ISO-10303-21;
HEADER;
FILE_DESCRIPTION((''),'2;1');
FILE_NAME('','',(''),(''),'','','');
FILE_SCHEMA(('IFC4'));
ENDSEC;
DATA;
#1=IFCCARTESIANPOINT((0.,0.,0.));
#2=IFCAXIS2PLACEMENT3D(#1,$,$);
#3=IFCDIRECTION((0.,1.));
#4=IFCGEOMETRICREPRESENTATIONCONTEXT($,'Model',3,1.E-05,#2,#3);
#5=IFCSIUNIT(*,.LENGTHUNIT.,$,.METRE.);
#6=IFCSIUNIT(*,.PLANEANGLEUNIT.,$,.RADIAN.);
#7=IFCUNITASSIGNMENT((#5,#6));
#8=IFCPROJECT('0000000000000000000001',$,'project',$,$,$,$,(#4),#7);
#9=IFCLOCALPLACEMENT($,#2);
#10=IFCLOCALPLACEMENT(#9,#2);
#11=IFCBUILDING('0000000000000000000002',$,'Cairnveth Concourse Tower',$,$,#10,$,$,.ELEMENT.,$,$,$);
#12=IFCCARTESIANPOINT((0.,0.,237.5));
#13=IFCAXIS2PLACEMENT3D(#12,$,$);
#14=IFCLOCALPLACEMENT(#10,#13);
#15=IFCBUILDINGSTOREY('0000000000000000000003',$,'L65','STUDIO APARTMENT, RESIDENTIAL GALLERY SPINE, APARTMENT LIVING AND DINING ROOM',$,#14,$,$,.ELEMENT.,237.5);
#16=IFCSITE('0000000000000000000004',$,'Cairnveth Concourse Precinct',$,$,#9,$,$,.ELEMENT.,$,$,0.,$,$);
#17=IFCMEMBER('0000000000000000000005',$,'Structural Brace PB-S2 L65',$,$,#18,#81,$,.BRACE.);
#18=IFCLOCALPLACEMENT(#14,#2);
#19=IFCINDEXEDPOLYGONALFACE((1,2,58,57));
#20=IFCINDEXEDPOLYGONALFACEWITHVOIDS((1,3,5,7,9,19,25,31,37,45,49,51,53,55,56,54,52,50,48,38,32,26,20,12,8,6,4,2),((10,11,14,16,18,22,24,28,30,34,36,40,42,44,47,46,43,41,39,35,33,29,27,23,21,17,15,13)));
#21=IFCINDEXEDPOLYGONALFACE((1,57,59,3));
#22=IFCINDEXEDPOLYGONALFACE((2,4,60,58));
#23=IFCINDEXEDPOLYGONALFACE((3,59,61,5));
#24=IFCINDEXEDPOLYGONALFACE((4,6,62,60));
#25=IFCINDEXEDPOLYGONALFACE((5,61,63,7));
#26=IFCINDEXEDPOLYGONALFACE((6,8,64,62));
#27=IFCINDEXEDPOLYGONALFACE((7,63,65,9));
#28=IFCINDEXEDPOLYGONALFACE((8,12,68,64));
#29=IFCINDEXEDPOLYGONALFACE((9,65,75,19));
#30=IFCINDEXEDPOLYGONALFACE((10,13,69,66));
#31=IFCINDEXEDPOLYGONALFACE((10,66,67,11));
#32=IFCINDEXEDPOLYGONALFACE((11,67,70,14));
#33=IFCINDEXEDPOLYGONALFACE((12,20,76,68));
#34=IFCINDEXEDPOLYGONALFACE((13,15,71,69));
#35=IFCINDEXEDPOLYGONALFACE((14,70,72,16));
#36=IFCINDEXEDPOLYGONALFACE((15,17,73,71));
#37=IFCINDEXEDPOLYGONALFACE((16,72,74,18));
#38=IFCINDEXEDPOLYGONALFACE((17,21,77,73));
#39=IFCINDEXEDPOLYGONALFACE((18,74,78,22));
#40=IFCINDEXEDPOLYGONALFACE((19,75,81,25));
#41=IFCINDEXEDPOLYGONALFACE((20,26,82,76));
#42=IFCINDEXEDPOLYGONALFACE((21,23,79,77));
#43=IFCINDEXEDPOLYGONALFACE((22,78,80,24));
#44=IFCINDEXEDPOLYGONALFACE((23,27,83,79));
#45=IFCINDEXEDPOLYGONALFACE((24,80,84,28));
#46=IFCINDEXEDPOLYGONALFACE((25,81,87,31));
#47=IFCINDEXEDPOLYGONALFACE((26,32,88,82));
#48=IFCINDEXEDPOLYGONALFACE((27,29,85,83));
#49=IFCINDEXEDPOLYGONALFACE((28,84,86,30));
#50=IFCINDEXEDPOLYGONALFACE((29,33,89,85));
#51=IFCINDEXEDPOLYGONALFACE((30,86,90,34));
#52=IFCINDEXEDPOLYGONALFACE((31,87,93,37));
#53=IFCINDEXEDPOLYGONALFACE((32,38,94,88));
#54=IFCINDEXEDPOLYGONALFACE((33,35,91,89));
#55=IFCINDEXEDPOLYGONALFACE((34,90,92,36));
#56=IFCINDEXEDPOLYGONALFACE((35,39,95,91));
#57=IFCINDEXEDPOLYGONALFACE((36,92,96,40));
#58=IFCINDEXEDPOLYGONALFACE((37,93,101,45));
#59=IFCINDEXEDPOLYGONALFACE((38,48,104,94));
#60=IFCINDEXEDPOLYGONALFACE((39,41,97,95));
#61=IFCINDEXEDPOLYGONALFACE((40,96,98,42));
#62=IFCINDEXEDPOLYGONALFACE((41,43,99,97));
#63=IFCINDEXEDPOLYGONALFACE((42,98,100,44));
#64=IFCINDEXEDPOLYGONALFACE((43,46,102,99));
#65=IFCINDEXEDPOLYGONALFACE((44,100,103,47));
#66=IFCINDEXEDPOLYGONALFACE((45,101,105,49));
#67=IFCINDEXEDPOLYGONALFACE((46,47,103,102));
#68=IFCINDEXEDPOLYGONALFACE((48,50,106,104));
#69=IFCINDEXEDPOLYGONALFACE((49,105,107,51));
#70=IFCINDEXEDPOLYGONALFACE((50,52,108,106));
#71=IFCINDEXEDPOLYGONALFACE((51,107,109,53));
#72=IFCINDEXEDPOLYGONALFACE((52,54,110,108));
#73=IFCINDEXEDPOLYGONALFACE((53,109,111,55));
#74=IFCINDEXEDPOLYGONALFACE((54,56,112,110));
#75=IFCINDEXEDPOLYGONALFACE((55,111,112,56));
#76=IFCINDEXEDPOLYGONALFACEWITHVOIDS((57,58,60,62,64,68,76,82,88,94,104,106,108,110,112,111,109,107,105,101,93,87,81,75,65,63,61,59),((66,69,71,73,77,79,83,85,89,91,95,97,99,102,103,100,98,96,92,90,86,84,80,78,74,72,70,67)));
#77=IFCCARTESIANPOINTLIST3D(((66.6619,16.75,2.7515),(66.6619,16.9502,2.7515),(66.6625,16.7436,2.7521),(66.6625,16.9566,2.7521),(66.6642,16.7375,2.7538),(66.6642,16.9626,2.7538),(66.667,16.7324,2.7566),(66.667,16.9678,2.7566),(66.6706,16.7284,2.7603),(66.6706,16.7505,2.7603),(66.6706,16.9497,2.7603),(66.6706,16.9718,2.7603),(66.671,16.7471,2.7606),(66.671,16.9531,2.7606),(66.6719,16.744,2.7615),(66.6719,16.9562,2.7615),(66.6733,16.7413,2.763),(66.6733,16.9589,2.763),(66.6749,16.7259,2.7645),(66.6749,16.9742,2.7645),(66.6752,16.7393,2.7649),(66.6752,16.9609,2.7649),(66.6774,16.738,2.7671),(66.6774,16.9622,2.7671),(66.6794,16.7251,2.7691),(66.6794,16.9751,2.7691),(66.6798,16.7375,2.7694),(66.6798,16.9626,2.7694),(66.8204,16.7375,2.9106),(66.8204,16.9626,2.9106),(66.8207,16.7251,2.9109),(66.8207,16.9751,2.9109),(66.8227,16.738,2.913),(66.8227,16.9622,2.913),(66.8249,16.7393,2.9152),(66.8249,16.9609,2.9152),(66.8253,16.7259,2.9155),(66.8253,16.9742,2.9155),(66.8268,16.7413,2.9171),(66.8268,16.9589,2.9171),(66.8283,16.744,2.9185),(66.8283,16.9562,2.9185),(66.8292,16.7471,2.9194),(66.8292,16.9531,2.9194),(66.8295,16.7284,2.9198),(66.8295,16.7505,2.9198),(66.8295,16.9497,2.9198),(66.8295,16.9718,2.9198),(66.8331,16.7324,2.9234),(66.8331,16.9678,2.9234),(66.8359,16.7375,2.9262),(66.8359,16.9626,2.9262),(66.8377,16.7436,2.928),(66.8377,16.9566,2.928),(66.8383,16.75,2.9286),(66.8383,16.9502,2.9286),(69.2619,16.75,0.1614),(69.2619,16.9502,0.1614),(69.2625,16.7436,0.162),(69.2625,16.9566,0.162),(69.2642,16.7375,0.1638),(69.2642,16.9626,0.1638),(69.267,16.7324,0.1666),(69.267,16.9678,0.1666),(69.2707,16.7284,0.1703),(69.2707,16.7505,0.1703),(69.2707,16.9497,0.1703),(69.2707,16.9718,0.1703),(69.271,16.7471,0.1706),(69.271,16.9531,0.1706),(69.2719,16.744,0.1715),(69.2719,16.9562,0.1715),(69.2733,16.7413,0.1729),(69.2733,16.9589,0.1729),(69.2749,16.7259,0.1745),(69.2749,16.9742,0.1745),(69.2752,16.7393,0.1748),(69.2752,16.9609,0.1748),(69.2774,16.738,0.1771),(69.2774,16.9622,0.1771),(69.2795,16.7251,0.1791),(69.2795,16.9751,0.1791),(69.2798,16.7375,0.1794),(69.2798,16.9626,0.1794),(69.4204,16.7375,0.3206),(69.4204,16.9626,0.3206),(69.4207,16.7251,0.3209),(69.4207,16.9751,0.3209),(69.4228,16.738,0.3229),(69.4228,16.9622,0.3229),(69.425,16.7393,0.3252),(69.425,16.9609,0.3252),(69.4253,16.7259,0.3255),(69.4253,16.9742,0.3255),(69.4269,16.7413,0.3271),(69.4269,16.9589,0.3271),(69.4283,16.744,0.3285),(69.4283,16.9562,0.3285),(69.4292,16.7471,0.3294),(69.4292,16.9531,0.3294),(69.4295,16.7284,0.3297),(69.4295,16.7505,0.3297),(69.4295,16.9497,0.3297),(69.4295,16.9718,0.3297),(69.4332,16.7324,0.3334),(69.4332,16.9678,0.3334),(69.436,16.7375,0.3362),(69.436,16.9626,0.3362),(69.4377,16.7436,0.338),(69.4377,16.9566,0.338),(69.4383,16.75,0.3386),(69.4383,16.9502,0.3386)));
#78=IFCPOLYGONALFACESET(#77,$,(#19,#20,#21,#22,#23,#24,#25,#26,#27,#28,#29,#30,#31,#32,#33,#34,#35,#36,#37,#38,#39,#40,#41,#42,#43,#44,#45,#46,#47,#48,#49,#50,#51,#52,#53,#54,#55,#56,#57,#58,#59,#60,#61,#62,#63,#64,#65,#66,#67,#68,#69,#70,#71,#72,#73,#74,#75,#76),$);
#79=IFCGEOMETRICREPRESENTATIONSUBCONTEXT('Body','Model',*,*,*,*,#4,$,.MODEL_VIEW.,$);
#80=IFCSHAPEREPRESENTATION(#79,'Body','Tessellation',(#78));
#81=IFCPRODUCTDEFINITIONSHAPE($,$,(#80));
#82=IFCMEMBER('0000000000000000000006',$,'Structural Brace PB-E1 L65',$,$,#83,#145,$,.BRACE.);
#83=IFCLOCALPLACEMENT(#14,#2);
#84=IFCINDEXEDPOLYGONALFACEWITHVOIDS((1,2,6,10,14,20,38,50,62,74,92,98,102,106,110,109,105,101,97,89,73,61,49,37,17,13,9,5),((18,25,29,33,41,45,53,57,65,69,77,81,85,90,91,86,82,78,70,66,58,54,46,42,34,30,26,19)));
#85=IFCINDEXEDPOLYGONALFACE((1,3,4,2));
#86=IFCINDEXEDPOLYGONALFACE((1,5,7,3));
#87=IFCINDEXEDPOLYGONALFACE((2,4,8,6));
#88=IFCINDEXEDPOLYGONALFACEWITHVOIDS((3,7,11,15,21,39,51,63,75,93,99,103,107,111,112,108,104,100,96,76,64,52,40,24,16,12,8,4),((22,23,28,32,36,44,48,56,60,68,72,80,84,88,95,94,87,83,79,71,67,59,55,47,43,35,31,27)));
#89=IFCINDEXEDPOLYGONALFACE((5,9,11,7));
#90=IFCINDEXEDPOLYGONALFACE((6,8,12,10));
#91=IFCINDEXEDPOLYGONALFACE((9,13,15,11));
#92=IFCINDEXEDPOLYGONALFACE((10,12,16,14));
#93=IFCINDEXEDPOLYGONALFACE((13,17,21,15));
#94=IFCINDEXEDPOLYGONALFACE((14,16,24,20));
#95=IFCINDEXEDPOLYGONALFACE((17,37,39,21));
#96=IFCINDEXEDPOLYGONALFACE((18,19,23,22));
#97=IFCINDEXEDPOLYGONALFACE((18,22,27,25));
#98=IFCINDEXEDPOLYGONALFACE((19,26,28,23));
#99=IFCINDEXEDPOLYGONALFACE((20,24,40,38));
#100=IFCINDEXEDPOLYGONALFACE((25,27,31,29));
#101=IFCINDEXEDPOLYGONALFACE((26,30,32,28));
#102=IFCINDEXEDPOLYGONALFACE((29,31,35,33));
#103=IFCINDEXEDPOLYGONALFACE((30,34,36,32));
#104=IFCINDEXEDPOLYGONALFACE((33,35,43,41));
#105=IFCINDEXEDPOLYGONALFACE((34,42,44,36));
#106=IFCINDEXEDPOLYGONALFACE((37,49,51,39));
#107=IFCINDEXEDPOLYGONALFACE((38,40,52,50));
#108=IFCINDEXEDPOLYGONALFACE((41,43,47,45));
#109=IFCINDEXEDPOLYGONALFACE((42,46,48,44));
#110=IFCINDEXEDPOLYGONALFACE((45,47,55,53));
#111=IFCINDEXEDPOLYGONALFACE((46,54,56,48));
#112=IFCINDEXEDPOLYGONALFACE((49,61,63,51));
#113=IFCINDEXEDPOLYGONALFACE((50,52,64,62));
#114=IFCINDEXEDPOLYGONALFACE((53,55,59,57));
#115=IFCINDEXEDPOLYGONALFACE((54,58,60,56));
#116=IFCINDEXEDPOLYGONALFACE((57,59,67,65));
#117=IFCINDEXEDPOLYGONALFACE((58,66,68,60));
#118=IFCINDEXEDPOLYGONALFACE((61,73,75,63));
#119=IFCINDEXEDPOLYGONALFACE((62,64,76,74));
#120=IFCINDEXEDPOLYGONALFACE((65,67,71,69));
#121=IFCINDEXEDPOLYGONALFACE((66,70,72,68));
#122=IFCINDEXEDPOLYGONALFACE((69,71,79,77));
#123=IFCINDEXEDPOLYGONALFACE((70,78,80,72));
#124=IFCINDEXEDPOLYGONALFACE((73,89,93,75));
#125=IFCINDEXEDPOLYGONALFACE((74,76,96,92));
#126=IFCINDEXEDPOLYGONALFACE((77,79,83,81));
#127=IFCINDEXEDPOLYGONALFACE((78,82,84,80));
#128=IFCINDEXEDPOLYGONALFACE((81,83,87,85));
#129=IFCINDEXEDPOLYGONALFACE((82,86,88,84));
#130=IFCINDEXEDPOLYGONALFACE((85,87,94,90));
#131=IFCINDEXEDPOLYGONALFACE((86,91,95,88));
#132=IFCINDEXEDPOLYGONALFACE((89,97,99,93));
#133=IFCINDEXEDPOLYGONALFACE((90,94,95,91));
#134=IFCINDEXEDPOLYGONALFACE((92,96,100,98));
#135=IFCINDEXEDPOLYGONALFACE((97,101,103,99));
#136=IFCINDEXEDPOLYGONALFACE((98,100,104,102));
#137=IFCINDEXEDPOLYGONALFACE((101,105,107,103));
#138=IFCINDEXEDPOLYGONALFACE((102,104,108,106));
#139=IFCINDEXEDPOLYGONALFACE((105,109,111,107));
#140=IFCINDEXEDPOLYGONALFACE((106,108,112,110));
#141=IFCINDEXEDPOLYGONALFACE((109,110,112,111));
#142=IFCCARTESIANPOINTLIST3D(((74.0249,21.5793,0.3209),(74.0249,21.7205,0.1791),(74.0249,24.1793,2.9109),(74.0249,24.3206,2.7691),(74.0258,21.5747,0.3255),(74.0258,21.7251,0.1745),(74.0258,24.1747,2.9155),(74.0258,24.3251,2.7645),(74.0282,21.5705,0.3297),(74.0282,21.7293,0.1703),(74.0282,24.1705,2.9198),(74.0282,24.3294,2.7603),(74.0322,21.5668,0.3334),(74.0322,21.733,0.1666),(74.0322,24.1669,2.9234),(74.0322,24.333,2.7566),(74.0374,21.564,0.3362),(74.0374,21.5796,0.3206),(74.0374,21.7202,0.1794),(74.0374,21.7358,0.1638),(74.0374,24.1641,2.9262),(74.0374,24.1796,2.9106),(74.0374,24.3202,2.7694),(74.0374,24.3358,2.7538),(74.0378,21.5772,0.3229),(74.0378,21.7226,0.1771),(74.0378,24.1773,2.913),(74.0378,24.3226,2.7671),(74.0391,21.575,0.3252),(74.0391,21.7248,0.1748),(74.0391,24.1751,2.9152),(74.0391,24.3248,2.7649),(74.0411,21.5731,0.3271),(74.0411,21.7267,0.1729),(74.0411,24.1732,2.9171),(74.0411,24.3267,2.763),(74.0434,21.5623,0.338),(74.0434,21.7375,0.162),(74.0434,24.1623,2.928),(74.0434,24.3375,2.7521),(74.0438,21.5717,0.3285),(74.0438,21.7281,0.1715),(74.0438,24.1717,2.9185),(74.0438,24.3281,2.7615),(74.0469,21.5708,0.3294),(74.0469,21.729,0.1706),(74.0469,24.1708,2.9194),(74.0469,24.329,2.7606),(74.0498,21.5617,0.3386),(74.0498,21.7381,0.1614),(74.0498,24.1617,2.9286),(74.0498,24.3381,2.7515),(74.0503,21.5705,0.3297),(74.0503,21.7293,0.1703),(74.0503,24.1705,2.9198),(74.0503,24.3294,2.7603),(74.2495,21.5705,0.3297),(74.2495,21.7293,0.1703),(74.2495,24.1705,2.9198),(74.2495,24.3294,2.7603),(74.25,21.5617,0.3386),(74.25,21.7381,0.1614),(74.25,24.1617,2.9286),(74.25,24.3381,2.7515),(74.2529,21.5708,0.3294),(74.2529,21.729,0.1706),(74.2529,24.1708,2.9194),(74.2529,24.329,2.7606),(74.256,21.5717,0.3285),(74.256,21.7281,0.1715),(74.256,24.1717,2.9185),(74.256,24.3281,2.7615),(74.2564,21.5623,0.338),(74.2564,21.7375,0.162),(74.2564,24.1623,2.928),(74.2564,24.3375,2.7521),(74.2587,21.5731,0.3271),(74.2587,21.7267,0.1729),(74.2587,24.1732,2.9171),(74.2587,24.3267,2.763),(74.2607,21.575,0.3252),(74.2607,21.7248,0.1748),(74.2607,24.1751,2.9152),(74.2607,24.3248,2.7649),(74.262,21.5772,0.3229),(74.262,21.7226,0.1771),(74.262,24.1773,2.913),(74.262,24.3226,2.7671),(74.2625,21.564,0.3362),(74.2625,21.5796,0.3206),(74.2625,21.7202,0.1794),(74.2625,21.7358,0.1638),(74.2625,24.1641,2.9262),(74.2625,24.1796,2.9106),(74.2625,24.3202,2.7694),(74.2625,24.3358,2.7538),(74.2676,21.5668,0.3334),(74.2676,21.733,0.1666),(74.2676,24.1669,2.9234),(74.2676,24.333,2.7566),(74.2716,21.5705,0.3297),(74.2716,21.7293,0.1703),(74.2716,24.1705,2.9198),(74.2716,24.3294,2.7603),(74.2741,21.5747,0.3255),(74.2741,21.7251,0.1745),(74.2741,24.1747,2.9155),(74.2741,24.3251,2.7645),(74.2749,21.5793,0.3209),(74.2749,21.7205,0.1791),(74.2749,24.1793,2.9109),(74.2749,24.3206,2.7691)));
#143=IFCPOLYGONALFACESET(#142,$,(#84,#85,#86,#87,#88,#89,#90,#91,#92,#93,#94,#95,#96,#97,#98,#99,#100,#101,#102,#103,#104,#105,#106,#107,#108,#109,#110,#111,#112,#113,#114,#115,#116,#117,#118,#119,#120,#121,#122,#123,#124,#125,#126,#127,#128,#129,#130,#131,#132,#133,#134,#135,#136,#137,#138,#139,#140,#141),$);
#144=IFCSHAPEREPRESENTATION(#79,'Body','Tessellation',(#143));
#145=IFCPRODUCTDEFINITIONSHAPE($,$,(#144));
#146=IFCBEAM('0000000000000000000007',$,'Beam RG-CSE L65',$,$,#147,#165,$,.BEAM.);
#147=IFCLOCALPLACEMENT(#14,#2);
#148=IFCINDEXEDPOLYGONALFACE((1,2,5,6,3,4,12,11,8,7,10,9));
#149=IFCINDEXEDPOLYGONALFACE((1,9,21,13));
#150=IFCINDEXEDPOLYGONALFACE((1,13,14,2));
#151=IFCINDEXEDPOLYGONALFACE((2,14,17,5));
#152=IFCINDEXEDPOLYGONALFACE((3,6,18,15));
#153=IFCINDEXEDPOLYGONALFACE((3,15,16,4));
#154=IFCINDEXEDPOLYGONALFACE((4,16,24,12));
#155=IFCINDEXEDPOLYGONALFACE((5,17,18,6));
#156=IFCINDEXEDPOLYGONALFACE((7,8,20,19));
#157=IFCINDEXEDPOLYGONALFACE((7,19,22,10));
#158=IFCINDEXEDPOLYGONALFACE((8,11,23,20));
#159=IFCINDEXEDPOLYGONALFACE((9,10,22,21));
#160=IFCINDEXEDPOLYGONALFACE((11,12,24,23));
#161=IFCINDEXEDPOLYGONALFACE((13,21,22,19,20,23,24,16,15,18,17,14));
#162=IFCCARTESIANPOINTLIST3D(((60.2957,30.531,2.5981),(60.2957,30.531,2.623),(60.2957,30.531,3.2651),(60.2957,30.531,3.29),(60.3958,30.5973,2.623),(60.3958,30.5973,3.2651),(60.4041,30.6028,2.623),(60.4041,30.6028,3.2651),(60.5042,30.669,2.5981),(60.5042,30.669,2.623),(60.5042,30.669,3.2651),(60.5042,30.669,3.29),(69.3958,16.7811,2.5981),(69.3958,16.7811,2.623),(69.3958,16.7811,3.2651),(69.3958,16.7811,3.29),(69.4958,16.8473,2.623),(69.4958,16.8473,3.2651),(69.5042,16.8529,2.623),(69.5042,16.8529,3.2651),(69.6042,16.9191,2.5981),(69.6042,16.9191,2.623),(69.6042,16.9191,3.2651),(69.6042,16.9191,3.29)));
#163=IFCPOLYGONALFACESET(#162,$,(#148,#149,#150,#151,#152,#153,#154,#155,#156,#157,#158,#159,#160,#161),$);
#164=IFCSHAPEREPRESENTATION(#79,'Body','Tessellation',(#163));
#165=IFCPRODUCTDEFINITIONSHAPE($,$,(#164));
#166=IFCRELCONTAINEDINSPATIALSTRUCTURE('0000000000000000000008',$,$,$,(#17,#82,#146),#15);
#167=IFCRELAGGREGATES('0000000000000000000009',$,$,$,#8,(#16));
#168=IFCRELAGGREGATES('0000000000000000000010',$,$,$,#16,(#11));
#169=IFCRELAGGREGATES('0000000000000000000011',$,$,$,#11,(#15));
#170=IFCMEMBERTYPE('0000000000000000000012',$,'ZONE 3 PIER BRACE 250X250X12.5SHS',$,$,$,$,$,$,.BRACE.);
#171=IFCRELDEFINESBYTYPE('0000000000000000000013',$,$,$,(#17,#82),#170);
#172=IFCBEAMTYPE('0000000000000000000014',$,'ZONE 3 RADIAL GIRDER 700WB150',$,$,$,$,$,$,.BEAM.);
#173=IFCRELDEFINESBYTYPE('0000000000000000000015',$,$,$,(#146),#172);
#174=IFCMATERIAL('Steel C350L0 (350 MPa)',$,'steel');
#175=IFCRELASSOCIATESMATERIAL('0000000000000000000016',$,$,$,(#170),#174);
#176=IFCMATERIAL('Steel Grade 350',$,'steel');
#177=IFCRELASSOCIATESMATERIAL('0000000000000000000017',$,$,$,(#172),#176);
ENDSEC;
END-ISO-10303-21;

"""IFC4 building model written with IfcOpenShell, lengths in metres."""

from ifc_helpers import new_model, si_unit, direction, frame, origin, origin_2d, place, context, subcontext, project, spatial, hollow_rectangle, i_section, extrude, material, material_profile, profile_set, type_object, element, save


model = new_model("IFC4")

# Units and contexts
model_context = context("Model", 3, precision=1e-05, world=origin(), true_north=direction((0.0, 1.0)))
body_context = subcontext(model_context, "Body", "Model", "MODEL_VIEW")
ifc_project = project(units=[si_unit("LENGTHUNIT", "METRE"), si_unit("PLANEANGLEUNIT", "RADIAN")], contexts=[model_context])

# Site, building, storey
site_placement = place(None, origin())
site = spatial("IfcSite", under=ifc_project, at=site_placement, Name="Cairnveth Concourse Precinct", CompositionType="ELEMENT", RefElevation=0.0)
building_placement = place(site_placement, origin())
building = spatial("IfcBuilding", under=site, at=building_placement, Name="Cairnveth Concourse Tower", CompositionType="ELEMENT")
storey_placement = place(building_placement, frame((0.0, 0.0, 237.5)))
storey = spatial("IfcBuildingStorey", under=building, at=storey_placement, Name="L65", Description="STUDIO APARTMENT, RESIDENTIAL GALLERY SPINE, APARTMENT LIVING AND DINING ROOM", CompositionType="ELEMENT", Elevation=237.5)

# Shared definitions
ifc_material_1 = material(Name="Steel Grade 350", Category="steel")

# Members
ifc_material_2 = material(Name="Steel C350L0 (350 MPa)", Category="steel")
ifc_material_profile_1 = material_profile(ifc_material_2, hollow_rectangle(XDim=0.25, YDim=0.25, WallThickness=0.0125, InnerFilletRadius=0.0129, OuterFilletRadius=0.0249, at=origin_2d()), Name="250x250x12.5SHS")
ifc_profile_set_1 = profile_set([ifc_material_profile_1], Name="Steel C350L0 (350 MPa)")
member_type = type_object("IfcMemberType", Name="ZONE 3 PIER BRACE 250X250X12.5SHS", PredefinedType="BRACE", material=ifc_profile_set_1)
for number, where, z_axis, x_axis, name in (
    (1, (69.3501, 16.8501, 0.25), (-0.708469, 0.0, 0.705742), (0.0, -1.0, 0.0), "Structural Brace PB-S2 L65"),
    (2, (74.1499, 21.6499, 0.25), (0.0, 0.708469, 0.705742), (-1.0, 0.0, 0.0), "Structural Brace PB-E1 L65"),
):
    element("IfcMember", number, at=place(storey_placement, frame(where, z_axis=z_axis, x_axis=x_axis)), inside=storey, type_object=member_type, Name=name, PredefinedType="BRACE", context=body_context, shape_type="SweptSolid", body=[
        extrude(hollow_rectangle(XDim=0.25, YDim=0.25, WallThickness=0.0125, InnerFilletRadius=0.0129, OuterFilletRadius=0.0249, at=origin_2d()), origin(), (0.0, 0.0, 1.0), 3.6699),
    ])

# Beam
ifc_material_profile_2 = material_profile(ifc_material_1, i_section(OverallWidth=0.25, OverallDepth=0.6919, WebThickness=0.01, FlangeThickness=0.0249, at=origin_2d()), Name="700WB150")
ifc_profile_set_2 = profile_set([ifc_material_profile_2], Name="Steel Grade 350")
beam_type_1 = type_object("IfcBeamType", Name="ZONE 3 RADIAL GIRDER 700WB150", PredefinedType="BEAM", material=ifc_profile_set_2)
beam_1_placement = place(storey_placement, frame((69.5, 16.8501, 2.9441), z_axis=(-0.551902, 0.833909, 0.0), x_axis=(-0.833909, -0.551902, 0.0)))
element("IfcBeam", 3, at=beam_1_placement, inside=storey, type_object=beam_type_1, Name="Beam RG-CSE L65", PredefinedType="BEAM", context=body_context, shape_type="SweptSolid", body=[
    extrude(i_section(OverallWidth=0.25, OverallDepth=0.6919, WebThickness=0.01, FlangeThickness=0.0249, at=origin_2d()), origin(), (0.0, 0.0, 1.0), 16.4885),
])

save(model, "model.ifc")
